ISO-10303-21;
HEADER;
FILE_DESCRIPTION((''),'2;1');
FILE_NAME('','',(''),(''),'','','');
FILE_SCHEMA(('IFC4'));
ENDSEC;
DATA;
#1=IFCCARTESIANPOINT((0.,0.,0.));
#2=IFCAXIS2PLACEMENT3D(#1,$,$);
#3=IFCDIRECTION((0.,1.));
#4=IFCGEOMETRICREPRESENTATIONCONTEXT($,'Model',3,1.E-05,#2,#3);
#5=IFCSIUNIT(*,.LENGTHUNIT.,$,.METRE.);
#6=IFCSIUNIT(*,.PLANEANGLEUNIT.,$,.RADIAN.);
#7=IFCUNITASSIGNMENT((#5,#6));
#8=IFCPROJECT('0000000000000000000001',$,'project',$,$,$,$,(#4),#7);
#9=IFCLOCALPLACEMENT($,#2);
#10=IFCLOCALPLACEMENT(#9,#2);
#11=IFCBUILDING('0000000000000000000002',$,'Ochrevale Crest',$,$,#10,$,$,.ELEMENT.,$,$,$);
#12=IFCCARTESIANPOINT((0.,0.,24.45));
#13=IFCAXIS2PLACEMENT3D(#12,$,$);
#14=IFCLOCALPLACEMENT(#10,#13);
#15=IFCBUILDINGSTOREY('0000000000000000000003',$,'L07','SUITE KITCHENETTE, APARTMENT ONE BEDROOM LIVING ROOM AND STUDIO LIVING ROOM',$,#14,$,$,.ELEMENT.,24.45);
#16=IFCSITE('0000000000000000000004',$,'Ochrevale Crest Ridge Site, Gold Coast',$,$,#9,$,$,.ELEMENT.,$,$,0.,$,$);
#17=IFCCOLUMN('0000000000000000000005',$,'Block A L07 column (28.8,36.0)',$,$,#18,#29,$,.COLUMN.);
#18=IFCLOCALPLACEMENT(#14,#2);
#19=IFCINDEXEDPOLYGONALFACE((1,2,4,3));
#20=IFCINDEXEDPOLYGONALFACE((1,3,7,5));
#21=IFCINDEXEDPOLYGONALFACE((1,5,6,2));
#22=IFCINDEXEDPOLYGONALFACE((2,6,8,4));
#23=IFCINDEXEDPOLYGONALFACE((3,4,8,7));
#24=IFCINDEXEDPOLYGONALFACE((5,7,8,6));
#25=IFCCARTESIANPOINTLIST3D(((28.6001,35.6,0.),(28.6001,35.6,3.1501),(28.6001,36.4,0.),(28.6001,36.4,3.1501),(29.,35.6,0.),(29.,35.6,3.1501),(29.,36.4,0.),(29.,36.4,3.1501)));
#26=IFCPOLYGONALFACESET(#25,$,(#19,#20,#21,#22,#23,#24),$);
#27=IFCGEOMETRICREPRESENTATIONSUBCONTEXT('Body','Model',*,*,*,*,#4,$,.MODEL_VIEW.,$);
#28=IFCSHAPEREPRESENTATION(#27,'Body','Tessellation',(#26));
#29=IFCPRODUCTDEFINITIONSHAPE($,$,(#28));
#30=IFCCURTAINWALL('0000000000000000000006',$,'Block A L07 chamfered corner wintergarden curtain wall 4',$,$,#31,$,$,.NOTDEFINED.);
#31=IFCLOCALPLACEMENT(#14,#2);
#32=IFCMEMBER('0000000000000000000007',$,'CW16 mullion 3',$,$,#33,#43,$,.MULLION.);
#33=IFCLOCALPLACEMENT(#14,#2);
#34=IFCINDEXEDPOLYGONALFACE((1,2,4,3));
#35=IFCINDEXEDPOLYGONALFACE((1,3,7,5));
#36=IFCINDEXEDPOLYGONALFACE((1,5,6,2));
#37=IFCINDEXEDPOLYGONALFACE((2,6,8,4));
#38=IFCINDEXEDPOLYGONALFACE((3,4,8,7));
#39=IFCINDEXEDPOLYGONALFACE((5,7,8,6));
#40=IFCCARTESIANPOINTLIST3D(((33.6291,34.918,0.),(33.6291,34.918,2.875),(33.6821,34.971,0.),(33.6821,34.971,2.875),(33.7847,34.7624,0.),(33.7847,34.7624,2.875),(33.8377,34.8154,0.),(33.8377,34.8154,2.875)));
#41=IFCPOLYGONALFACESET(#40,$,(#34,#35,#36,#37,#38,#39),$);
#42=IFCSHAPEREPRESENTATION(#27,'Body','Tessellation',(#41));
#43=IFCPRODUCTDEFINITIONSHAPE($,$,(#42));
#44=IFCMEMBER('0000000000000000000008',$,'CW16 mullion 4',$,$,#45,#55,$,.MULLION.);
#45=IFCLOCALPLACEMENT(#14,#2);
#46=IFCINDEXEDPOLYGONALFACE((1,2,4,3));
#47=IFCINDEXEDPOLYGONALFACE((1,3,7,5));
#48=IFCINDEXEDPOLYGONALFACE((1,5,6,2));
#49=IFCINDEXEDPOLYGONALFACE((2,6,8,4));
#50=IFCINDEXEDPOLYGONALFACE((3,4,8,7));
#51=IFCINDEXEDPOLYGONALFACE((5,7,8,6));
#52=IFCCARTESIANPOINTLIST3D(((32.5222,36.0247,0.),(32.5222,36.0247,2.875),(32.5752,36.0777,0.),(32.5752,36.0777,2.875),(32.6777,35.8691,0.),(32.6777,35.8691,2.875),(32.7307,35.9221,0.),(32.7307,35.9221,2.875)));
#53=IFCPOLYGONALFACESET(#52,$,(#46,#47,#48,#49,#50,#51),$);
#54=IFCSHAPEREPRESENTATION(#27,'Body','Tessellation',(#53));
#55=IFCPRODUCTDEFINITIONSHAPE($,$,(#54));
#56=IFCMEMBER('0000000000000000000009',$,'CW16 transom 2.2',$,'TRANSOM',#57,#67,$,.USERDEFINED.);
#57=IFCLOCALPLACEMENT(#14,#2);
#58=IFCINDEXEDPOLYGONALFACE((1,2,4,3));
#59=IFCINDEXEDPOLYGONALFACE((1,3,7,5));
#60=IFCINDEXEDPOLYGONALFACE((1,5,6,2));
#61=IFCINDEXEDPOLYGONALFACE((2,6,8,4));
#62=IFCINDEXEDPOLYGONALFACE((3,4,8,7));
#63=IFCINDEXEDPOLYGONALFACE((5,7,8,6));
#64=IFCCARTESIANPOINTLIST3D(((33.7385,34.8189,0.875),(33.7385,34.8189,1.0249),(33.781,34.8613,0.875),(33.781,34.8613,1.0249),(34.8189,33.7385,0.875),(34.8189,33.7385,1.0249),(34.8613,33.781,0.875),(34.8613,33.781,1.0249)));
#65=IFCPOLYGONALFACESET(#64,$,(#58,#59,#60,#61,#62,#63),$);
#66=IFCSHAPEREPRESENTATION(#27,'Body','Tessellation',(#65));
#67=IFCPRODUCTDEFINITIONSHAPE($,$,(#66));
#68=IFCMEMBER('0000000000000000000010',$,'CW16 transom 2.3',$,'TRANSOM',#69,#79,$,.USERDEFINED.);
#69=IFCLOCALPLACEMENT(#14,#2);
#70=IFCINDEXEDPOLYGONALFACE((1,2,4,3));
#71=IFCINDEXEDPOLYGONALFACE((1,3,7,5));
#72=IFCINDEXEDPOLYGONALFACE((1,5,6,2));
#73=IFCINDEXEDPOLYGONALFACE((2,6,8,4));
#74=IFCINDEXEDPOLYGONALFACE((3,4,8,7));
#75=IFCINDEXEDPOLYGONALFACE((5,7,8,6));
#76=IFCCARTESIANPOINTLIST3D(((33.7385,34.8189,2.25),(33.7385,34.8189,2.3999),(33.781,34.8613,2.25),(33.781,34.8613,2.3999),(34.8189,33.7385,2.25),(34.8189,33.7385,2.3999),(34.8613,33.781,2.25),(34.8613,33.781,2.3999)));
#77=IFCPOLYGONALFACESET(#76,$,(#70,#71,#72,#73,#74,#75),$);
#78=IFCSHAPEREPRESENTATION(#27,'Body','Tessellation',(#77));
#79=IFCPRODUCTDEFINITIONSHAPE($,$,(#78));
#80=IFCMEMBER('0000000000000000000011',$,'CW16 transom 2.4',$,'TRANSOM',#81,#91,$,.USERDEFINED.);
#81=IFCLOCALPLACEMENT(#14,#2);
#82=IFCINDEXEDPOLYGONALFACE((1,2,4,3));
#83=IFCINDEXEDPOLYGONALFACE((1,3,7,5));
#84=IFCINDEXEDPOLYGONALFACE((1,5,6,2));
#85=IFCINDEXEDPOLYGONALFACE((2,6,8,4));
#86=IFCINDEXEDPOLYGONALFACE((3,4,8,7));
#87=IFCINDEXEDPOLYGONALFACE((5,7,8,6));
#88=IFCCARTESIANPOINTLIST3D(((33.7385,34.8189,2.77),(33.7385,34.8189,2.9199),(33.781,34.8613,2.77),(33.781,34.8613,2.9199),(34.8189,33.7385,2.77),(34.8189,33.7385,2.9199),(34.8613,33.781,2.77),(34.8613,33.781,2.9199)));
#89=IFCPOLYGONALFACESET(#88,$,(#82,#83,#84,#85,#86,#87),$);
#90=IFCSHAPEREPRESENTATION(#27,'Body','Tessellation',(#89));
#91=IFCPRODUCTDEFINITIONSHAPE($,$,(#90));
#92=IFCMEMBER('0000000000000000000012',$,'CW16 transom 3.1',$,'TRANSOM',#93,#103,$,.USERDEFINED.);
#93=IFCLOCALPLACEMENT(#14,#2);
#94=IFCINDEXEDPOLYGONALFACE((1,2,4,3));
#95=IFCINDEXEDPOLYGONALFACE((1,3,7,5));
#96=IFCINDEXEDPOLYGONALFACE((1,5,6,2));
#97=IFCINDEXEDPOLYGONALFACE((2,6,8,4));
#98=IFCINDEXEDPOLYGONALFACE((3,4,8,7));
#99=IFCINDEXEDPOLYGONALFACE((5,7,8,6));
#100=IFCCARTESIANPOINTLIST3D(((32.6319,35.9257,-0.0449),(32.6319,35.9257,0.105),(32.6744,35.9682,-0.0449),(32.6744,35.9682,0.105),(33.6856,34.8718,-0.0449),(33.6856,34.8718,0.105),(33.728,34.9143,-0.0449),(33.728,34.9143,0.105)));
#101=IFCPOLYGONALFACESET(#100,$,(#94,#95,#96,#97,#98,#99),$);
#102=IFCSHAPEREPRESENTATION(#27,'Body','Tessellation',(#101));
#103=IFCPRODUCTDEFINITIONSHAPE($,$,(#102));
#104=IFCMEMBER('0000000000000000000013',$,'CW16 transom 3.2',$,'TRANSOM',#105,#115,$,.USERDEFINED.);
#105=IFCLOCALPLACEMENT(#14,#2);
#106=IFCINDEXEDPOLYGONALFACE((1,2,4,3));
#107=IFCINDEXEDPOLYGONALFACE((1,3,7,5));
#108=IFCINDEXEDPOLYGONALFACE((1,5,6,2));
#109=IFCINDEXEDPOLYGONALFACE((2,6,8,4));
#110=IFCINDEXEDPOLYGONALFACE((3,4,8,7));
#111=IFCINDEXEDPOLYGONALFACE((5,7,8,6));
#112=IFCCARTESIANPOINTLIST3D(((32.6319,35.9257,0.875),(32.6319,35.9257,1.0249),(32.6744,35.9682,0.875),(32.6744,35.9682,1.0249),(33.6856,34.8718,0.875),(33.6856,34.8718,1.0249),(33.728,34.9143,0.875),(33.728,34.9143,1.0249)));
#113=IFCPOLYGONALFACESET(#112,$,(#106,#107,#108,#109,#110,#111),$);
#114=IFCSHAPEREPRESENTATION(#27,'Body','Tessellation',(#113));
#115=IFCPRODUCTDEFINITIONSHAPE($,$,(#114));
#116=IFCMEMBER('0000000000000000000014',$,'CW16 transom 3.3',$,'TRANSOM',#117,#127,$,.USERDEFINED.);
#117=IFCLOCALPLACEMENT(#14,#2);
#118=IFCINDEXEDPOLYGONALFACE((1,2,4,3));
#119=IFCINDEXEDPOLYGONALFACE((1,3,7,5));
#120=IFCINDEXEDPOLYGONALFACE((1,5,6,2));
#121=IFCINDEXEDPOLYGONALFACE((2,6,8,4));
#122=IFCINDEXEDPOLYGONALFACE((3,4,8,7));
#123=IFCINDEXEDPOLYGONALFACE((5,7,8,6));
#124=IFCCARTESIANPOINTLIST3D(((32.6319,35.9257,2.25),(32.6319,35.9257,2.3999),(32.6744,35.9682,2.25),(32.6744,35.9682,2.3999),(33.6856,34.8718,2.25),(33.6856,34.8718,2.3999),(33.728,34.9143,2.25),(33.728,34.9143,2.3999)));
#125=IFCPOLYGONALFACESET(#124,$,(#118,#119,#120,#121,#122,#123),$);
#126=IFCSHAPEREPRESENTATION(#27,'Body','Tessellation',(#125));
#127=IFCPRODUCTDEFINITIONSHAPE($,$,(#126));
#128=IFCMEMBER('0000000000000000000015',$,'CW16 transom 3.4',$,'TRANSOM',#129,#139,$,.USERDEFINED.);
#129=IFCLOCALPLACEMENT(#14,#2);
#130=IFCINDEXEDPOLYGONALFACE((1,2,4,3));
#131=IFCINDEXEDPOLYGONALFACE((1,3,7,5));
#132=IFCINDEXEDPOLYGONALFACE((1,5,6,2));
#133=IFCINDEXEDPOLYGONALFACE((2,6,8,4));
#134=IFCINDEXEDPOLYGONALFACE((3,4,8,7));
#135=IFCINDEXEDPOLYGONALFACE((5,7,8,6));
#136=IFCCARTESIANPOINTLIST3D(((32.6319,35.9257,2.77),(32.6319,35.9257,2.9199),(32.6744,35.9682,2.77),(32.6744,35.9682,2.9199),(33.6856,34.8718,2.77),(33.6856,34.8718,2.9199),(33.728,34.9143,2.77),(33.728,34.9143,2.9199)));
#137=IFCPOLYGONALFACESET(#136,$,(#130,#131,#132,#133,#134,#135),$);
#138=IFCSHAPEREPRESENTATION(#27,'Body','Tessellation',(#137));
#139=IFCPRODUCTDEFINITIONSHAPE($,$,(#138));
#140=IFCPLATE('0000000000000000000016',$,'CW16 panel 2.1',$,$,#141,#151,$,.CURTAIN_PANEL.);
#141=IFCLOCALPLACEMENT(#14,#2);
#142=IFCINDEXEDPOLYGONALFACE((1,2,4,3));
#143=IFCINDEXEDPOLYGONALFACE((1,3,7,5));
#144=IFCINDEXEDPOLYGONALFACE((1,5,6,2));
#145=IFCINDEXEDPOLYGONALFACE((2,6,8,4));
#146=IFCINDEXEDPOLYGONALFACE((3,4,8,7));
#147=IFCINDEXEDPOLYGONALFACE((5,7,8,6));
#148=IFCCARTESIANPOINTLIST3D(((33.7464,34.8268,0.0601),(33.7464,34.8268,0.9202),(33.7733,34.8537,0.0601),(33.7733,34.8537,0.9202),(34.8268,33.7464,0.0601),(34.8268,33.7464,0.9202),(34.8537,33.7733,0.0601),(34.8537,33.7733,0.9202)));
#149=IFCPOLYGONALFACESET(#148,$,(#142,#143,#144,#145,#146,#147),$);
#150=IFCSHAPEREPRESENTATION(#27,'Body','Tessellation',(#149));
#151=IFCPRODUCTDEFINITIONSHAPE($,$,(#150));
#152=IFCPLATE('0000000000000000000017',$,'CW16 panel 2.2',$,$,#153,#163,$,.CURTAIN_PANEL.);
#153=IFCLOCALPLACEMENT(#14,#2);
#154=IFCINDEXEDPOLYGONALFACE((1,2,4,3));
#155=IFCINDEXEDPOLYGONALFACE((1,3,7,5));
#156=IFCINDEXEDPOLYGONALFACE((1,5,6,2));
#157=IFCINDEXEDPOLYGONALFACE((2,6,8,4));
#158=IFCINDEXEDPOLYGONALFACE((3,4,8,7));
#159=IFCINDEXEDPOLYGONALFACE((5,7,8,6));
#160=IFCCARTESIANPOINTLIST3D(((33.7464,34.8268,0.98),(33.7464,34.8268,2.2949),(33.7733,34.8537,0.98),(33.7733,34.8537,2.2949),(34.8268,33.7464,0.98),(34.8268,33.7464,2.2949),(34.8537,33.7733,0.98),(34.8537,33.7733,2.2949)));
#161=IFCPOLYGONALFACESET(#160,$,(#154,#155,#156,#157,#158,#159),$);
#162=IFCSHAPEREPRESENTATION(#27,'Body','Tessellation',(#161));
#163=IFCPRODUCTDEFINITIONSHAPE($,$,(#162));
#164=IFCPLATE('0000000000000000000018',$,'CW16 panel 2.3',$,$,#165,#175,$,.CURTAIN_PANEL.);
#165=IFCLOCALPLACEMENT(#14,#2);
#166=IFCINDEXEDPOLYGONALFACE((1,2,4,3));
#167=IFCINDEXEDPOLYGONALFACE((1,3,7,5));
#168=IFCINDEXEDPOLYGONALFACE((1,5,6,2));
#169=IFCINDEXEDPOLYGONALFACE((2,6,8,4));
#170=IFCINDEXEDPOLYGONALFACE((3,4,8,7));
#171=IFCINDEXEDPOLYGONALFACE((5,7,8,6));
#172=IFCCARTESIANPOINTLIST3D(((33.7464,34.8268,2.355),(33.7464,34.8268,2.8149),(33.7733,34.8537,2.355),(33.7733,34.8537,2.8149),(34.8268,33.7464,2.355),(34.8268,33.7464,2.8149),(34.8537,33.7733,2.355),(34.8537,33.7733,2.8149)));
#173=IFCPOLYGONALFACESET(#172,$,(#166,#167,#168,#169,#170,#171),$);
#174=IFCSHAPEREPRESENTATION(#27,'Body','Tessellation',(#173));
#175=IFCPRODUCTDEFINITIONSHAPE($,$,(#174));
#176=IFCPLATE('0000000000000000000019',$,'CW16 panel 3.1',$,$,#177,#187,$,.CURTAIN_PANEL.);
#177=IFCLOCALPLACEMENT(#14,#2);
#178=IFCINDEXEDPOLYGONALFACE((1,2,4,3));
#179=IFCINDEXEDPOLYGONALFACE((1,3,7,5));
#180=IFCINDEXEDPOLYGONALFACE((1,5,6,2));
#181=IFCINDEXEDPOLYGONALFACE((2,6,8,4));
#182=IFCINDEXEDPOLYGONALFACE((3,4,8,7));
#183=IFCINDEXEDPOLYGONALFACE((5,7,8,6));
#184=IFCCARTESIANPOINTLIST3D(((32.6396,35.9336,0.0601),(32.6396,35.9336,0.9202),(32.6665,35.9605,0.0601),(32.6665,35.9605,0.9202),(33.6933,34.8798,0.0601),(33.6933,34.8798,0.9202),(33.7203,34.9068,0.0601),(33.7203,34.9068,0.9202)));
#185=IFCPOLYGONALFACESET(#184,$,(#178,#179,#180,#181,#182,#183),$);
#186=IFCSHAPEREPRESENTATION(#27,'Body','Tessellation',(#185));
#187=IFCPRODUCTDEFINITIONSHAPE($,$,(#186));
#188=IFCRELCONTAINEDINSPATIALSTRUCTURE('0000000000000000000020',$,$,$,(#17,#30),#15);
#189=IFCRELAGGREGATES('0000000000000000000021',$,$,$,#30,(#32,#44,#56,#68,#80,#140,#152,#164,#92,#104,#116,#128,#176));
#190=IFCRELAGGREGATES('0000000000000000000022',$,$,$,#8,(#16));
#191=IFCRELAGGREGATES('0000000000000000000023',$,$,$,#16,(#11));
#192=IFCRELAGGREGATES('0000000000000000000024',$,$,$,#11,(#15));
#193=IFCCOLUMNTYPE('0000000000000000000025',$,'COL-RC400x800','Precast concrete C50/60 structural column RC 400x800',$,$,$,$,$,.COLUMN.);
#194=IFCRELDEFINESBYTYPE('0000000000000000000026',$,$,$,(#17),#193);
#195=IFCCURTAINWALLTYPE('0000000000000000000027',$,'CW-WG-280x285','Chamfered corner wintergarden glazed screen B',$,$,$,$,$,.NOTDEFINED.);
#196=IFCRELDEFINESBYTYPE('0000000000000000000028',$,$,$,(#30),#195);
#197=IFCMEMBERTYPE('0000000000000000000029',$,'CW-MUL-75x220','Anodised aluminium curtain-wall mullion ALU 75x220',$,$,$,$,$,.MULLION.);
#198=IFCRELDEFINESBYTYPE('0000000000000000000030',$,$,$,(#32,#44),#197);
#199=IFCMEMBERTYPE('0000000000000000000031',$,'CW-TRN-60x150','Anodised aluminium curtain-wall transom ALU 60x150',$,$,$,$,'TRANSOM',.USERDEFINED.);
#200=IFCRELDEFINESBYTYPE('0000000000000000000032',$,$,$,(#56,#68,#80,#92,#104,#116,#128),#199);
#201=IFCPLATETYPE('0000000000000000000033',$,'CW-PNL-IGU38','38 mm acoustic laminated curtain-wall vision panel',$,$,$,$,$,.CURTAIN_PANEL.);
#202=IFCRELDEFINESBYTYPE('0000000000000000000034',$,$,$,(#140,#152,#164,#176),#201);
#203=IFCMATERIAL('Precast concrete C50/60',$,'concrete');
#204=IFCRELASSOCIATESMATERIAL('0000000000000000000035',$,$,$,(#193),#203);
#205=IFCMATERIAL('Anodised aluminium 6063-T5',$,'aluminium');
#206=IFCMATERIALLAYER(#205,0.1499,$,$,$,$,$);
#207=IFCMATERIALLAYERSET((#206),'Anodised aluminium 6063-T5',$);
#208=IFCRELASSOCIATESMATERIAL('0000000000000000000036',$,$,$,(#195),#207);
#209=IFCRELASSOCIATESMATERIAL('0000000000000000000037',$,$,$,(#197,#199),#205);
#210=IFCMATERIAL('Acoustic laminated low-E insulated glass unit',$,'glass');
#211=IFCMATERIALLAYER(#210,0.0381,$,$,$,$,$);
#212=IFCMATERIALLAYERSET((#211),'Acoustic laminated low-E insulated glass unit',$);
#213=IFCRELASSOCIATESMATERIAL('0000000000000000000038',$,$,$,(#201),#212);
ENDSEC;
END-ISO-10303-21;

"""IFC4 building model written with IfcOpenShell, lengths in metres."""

from ifc_helpers import new_model, si_unit, direction, frame, origin, origin_2d, place, context, subcontext, project, spatial, rectangle, extrude, material, layer, layer_set, material_profile, profile_set, type_object, element, aggregate, save


model = new_model("IFC4")

# Units and contexts
model_context = context("Model", 3, precision=1e-05, world=origin(), true_north=direction((0.0, 1.0)))
body_context = subcontext(model_context, "Body", "Model", "MODEL_VIEW")
ifc_project = project(units=[si_unit("LENGTHUNIT", "METRE"), si_unit("PLANEANGLEUNIT", "RADIAN")], contexts=[model_context])

# Site, building, storey
site_placement = place(None, origin())
site = spatial("IfcSite", under=ifc_project, at=site_placement, Name="Ochrevale Crest Ridge Site, Gold Coast", CompositionType="ELEMENT", RefElevation=0.0)
building_placement = place(site_placement, origin())
building = spatial("IfcBuilding", under=site, at=building_placement, Name="Ochrevale Crest", CompositionType="ELEMENT")
storey_placement = place(building_placement, frame((0.0, 0.0, 24.45)))
storey = spatial("IfcBuildingStorey", under=building, at=storey_placement, Name="L07", Description="SUITE KITCHENETTE, APARTMENT ONE BEDROOM LIVING ROOM AND STUDIO LIVING ROOM", CompositionType="ELEMENT", Elevation=24.45)

# Column
ifc_material_1 = material(Name="Precast concrete C50/60", Category="concrete")
ifc_material_profile_1 = material_profile(ifc_material_1, rectangle(XDim=0.3999, YDim=0.8, at=origin_2d()), Name="RC 400x800")
ifc_profile_set_1 = profile_set([ifc_material_profile_1], Name="Precast concrete C50/60")
column_type = type_object("IfcColumnType", Name="COL-RC400x800", Description="Precast concrete C50/60 structural column RC 400x800", PredefinedType="COLUMN", material=ifc_profile_set_1)
column_placement = place(storey_placement, frame((28.8, 36.0, 0.0), z_axis=(0.0, 0.0, 1.0), x_axis=(1.0, 0.0, 0.0)))
element("IfcColumn", 1, at=column_placement, inside=storey, type_object=column_type, Name="Block A L07 column (28.8,36.0)", PredefinedType="COLUMN", context=body_context, shape_type="SweptSolid", body=[
    extrude(rectangle(XDim=0.3999, YDim=0.8, at=origin_2d()), origin(), (0.0, 0.0, 1.0), 3.1501),
])

# Curtain wall, members, plates
ifc_material_2 = material(Name="Anodised aluminium 6063-T5", Category="aluminium")
ifc_layer_1 = layer(ifc_material_2, 0.1499)
ifc_layer_set_1 = layer_set([ifc_layer_1], Name="Anodised aluminium 6063-T5")
curtain_wall_type = type_object("IfcCurtainWallType", Name="CW-WG-280x285", Description="Chamfered corner wintergarden glazed screen B", PredefinedType="NOTDEFINED", material=ifc_layer_set_1)
curtain_wall_placement = place(storey_placement, origin())
curtain_wall = element("IfcCurtainWall", 2, at=curtain_wall_placement, inside=storey, type_object=curtain_wall_type, Name="Block A L07 chamfered corner wintergarden curtain wall 4", PredefinedType="NOTDEFINED")
ifc_material_profile_2 = material_profile(ifc_material_2, rectangle(XDim=0.075, YDim=0.22, at=origin_2d()), Name="ALU 75x220")
ifc_profile_set_2 = profile_set([ifc_material_profile_2], Name="Anodised aluminium 6063-T5")
member_type_1 = type_object("IfcMemberType", Name="CW-MUL-75x220", Description="Anodised aluminium curtain-wall mullion ALU 75x220", PredefinedType="MULLION", material=ifc_profile_set_2)
member_1_placement = place(storey_placement, frame((33.7334, 34.8667, 0.0), z_axis=(0.0, 0.0, 1.0), x_axis=(-0.707107, -0.707107, 0.0)))
member_1 = element("IfcMember", 3, at=member_1_placement, type_object=member_type_1, Name="CW16 mullion 3", PredefinedType="MULLION", context=body_context, shape_type="SweptSolid", body=[
    extrude(rectangle(XDim=0.075, YDim=0.22, at=origin_2d()), origin(), (0.0, 0.0, 1.0), 2.875),
])
member_2_placement = place(storey_placement, frame((32.6265, 35.9734, 0.0), z_axis=(0.0, 0.0, 1.0), x_axis=(-0.707107, -0.707107, 0.0)))
member_2 = element("IfcMember", 4, at=member_2_placement, type_object=member_type_1, Name="CW16 mullion 4", PredefinedType="MULLION", context=body_context, shape_type="SweptSolid", body=[
    extrude(rectangle(XDim=0.075, YDim=0.22, at=origin_2d()), origin(), (0.0, 0.0, 1.0), 2.875),
])
ifc_material_profile_3 = material_profile(ifc_material_2, rectangle(XDim=0.0601, YDim=0.1499, at=origin_2d()), Name="ALU 60x150")
ifc_profile_set_3 = profile_set([ifc_material_profile_3], Name="Anodised aluminium 6063-T5")
member_type_2 = type_object("IfcMemberType", Name="CW-TRN-60x150", Description="Anodised aluminium curtain-wall transom ALU 60x150", ElementType="TRANSOM", PredefinedType="USERDEFINED", material=ifc_profile_set_3)
member_3_placement = place(storey_placement, frame((34.8401, 33.7598, 0.95), z_axis=(-0.707107, 0.707107, 0.0), x_axis=(-0.707107, -0.707107, 0.0)))
member_3 = element("IfcMember", 5, at=member_3_placement, type_object=member_type_2, Name="CW16 transom 2.2", ObjectType="TRANSOM", PredefinedType="USERDEFINED", context=body_context, shape_type="SweptSolid", body=[
    extrude(rectangle(XDim=0.0601, YDim=0.1499, at=origin_2d()), origin(), (0.0, 0.0, 1.0), 1.5278),
])
member_4_placement = place(storey_placement, frame((34.8401, 33.7598, 2.325), z_axis=(-0.707107, 0.707107, 0.0), x_axis=(-0.707107, -0.707107, 0.0)))
member_4 = element("IfcMember", 6, at=member_4_placement, type_object=member_type_2, Name="CW16 transom 2.3", ObjectType="TRANSOM", PredefinedType="USERDEFINED", context=body_context, shape_type="SweptSolid", body=[
    extrude(rectangle(XDim=0.0601, YDim=0.1499, at=origin_2d()), origin(), (0.0, 0.0, 1.0), 1.5278),
])
member_5_placement = place(storey_placement, frame((34.8401, 33.7598, 2.845), z_axis=(-0.707107, 0.707107, 0.0), x_axis=(-0.707107, -0.707107, 0.0)))
member_5 = element("IfcMember", 7, at=member_5_placement, type_object=member_type_2, Name="CW16 transom 2.4", ObjectType="TRANSOM", PredefinedType="USERDEFINED", context=body_context, shape_type="SweptSolid", body=[
    extrude(rectangle(XDim=0.0601, YDim=0.1499, at=origin_2d()), origin(), (0.0, 0.0, 1.0), 1.5278),
])
member_6_placement = place(storey_placement, frame((33.7068, 34.8931, 0.03), z_axis=(-0.707025, 0.707189, 0.0), x_axis=(-0.707189, -0.707025, 0.0)))
member_6 = element("IfcMember", 8, at=member_6_placement, type_object=member_type_2, Name="CW16 transom 3.1", ObjectType="TRANSOM", PredefinedType="USERDEFINED", context=body_context, shape_type="SweptSolid", body=[
    extrude(rectangle(XDim=0.0601, YDim=0.1499, at=origin_2d()), origin(), (0.0, 0.0, 1.0), 1.4902),
])
member_7_placement = place(storey_placement, frame((33.7068, 34.8931, 0.95), z_axis=(-0.707025, 0.707189, 0.0), x_axis=(-0.707189, -0.707025, 0.0)))
member_7 = element("IfcMember", 9, at=member_7_placement, type_object=member_type_2, Name="CW16 transom 3.2", ObjectType="TRANSOM", PredefinedType="USERDEFINED", context=body_context, shape_type="SweptSolid", body=[
    extrude(rectangle(XDim=0.0601, YDim=0.1499, at=origin_2d()), origin(), (0.0, 0.0, 1.0), 1.4902),
])
member_8_placement = place(storey_placement, frame((33.7068, 34.8931, 2.325), z_axis=(-0.707025, 0.707189, 0.0), x_axis=(-0.707189, -0.707025, 0.0)))
member_8 = element("IfcMember", 10, at=member_8_placement, type_object=member_type_2, Name="CW16 transom 3.3", ObjectType="TRANSOM", PredefinedType="USERDEFINED", context=body_context, shape_type="SweptSolid", body=[
    extrude(rectangle(XDim=0.0601, YDim=0.1499, at=origin_2d()), origin(), (0.0, 0.0, 1.0), 1.4902),
])
member_9_placement = place(storey_placement, frame((33.7068, 34.8931, 2.845), z_axis=(-0.707025, 0.707189, 0.0), x_axis=(-0.707189, -0.707025, 0.0)))
member_9 = element("IfcMember", 11, at=member_9_placement, type_object=member_type_2, Name="CW16 transom 3.4", ObjectType="TRANSOM", PredefinedType="USERDEFINED", context=body_context, shape_type="SweptSolid", body=[
    extrude(rectangle(XDim=0.0601, YDim=0.1499, at=origin_2d()), origin(), (0.0, 0.0, 1.0), 1.4902),
])
ifc_material_3 = material(Name="Acoustic laminated low-E insulated glass unit", Category="glass")
ifc_layer_2 = layer(ifc_material_3, 0.0381)
ifc_layer_set_2 = layer_set([ifc_layer_2], Name="Acoustic laminated low-E insulated glass unit")
plate_type = type_object("IfcPlateType", Name="CW-PNL-IGU38", Description="38 mm acoustic laminated curtain-wall vision panel", PredefinedType="CURTAIN_PANEL", material=ifc_layer_set_2)
plate_1_placement = place(storey_placement, frame((34.3, 34.3, 0.0601), z_axis=(0.0, 0.0, 1.0), x_axis=(-0.707107, 0.707107, 0.0)))
plate_1 = element("IfcPlate", 12, at=plate_1_placement, type_object=plate_type, Name="CW16 panel 2.1", PredefinedType="CURTAIN_PANEL", context=body_context, shape_type="SweptSolid", body=[
    extrude(rectangle(XDim=1.5278, YDim=0.0381, at=origin_2d()), origin(), (0.0, 0.0, 1.0), 0.8601),
])
plate_2_placement = place(storey_placement, frame((34.3, 34.3, 0.98), z_axis=(0.0, 0.0, 1.0), x_axis=(-0.707107, 0.707107, 0.0)))
plate_2 = element("IfcPlate", 13, at=plate_2_placement, type_object=plate_type, Name="CW16 panel 2.2", PredefinedType="CURTAIN_PANEL", context=body_context, shape_type="SweptSolid", body=[
    extrude(rectangle(XDim=1.5278, YDim=0.0381, at=origin_2d()), origin(), (0.0, 0.0, 1.0), 1.3149),
])
plate_3_placement = place(storey_placement, frame((34.3, 34.3, 2.355), z_axis=(0.0, 0.0, 1.0), x_axis=(-0.707107, 0.707107, 0.0)))
plate_3 = element("IfcPlate", 14, at=plate_3_placement, type_object=plate_type, Name="CW16 panel 2.3", PredefinedType="CURTAIN_PANEL", context=body_context, shape_type="SweptSolid", body=[
    extrude(rectangle(XDim=1.5278, YDim=0.0381, at=origin_2d()), origin(), (0.0, 0.0, 1.0), 0.46),
])
plate_4_placement = place(storey_placement, frame((33.1799, 35.4202, 0.0601), z_axis=(0.0, 0.0, 1.0), x_axis=(-0.707107, 0.707107, 0.0)))
plate_4 = element("IfcPlate", 15, at=plate_4_placement, type_object=plate_type, Name="CW16 panel 3.1", PredefinedType="CURTAIN_PANEL", context=body_context, shape_type="SweptSolid", body=[
    extrude(rectangle(XDim=1.4902, YDim=0.0381, at=origin_2d()), origin(), (0.0, 0.0, 1.0), 0.8601),
])
aggregate(curtain_wall, [member_1, member_2, member_3, member_4, member_5, plate_1, plate_2, plate_3, member_6, member_7, member_8, member_9, plate_4])

save(model, "model.ifc")
